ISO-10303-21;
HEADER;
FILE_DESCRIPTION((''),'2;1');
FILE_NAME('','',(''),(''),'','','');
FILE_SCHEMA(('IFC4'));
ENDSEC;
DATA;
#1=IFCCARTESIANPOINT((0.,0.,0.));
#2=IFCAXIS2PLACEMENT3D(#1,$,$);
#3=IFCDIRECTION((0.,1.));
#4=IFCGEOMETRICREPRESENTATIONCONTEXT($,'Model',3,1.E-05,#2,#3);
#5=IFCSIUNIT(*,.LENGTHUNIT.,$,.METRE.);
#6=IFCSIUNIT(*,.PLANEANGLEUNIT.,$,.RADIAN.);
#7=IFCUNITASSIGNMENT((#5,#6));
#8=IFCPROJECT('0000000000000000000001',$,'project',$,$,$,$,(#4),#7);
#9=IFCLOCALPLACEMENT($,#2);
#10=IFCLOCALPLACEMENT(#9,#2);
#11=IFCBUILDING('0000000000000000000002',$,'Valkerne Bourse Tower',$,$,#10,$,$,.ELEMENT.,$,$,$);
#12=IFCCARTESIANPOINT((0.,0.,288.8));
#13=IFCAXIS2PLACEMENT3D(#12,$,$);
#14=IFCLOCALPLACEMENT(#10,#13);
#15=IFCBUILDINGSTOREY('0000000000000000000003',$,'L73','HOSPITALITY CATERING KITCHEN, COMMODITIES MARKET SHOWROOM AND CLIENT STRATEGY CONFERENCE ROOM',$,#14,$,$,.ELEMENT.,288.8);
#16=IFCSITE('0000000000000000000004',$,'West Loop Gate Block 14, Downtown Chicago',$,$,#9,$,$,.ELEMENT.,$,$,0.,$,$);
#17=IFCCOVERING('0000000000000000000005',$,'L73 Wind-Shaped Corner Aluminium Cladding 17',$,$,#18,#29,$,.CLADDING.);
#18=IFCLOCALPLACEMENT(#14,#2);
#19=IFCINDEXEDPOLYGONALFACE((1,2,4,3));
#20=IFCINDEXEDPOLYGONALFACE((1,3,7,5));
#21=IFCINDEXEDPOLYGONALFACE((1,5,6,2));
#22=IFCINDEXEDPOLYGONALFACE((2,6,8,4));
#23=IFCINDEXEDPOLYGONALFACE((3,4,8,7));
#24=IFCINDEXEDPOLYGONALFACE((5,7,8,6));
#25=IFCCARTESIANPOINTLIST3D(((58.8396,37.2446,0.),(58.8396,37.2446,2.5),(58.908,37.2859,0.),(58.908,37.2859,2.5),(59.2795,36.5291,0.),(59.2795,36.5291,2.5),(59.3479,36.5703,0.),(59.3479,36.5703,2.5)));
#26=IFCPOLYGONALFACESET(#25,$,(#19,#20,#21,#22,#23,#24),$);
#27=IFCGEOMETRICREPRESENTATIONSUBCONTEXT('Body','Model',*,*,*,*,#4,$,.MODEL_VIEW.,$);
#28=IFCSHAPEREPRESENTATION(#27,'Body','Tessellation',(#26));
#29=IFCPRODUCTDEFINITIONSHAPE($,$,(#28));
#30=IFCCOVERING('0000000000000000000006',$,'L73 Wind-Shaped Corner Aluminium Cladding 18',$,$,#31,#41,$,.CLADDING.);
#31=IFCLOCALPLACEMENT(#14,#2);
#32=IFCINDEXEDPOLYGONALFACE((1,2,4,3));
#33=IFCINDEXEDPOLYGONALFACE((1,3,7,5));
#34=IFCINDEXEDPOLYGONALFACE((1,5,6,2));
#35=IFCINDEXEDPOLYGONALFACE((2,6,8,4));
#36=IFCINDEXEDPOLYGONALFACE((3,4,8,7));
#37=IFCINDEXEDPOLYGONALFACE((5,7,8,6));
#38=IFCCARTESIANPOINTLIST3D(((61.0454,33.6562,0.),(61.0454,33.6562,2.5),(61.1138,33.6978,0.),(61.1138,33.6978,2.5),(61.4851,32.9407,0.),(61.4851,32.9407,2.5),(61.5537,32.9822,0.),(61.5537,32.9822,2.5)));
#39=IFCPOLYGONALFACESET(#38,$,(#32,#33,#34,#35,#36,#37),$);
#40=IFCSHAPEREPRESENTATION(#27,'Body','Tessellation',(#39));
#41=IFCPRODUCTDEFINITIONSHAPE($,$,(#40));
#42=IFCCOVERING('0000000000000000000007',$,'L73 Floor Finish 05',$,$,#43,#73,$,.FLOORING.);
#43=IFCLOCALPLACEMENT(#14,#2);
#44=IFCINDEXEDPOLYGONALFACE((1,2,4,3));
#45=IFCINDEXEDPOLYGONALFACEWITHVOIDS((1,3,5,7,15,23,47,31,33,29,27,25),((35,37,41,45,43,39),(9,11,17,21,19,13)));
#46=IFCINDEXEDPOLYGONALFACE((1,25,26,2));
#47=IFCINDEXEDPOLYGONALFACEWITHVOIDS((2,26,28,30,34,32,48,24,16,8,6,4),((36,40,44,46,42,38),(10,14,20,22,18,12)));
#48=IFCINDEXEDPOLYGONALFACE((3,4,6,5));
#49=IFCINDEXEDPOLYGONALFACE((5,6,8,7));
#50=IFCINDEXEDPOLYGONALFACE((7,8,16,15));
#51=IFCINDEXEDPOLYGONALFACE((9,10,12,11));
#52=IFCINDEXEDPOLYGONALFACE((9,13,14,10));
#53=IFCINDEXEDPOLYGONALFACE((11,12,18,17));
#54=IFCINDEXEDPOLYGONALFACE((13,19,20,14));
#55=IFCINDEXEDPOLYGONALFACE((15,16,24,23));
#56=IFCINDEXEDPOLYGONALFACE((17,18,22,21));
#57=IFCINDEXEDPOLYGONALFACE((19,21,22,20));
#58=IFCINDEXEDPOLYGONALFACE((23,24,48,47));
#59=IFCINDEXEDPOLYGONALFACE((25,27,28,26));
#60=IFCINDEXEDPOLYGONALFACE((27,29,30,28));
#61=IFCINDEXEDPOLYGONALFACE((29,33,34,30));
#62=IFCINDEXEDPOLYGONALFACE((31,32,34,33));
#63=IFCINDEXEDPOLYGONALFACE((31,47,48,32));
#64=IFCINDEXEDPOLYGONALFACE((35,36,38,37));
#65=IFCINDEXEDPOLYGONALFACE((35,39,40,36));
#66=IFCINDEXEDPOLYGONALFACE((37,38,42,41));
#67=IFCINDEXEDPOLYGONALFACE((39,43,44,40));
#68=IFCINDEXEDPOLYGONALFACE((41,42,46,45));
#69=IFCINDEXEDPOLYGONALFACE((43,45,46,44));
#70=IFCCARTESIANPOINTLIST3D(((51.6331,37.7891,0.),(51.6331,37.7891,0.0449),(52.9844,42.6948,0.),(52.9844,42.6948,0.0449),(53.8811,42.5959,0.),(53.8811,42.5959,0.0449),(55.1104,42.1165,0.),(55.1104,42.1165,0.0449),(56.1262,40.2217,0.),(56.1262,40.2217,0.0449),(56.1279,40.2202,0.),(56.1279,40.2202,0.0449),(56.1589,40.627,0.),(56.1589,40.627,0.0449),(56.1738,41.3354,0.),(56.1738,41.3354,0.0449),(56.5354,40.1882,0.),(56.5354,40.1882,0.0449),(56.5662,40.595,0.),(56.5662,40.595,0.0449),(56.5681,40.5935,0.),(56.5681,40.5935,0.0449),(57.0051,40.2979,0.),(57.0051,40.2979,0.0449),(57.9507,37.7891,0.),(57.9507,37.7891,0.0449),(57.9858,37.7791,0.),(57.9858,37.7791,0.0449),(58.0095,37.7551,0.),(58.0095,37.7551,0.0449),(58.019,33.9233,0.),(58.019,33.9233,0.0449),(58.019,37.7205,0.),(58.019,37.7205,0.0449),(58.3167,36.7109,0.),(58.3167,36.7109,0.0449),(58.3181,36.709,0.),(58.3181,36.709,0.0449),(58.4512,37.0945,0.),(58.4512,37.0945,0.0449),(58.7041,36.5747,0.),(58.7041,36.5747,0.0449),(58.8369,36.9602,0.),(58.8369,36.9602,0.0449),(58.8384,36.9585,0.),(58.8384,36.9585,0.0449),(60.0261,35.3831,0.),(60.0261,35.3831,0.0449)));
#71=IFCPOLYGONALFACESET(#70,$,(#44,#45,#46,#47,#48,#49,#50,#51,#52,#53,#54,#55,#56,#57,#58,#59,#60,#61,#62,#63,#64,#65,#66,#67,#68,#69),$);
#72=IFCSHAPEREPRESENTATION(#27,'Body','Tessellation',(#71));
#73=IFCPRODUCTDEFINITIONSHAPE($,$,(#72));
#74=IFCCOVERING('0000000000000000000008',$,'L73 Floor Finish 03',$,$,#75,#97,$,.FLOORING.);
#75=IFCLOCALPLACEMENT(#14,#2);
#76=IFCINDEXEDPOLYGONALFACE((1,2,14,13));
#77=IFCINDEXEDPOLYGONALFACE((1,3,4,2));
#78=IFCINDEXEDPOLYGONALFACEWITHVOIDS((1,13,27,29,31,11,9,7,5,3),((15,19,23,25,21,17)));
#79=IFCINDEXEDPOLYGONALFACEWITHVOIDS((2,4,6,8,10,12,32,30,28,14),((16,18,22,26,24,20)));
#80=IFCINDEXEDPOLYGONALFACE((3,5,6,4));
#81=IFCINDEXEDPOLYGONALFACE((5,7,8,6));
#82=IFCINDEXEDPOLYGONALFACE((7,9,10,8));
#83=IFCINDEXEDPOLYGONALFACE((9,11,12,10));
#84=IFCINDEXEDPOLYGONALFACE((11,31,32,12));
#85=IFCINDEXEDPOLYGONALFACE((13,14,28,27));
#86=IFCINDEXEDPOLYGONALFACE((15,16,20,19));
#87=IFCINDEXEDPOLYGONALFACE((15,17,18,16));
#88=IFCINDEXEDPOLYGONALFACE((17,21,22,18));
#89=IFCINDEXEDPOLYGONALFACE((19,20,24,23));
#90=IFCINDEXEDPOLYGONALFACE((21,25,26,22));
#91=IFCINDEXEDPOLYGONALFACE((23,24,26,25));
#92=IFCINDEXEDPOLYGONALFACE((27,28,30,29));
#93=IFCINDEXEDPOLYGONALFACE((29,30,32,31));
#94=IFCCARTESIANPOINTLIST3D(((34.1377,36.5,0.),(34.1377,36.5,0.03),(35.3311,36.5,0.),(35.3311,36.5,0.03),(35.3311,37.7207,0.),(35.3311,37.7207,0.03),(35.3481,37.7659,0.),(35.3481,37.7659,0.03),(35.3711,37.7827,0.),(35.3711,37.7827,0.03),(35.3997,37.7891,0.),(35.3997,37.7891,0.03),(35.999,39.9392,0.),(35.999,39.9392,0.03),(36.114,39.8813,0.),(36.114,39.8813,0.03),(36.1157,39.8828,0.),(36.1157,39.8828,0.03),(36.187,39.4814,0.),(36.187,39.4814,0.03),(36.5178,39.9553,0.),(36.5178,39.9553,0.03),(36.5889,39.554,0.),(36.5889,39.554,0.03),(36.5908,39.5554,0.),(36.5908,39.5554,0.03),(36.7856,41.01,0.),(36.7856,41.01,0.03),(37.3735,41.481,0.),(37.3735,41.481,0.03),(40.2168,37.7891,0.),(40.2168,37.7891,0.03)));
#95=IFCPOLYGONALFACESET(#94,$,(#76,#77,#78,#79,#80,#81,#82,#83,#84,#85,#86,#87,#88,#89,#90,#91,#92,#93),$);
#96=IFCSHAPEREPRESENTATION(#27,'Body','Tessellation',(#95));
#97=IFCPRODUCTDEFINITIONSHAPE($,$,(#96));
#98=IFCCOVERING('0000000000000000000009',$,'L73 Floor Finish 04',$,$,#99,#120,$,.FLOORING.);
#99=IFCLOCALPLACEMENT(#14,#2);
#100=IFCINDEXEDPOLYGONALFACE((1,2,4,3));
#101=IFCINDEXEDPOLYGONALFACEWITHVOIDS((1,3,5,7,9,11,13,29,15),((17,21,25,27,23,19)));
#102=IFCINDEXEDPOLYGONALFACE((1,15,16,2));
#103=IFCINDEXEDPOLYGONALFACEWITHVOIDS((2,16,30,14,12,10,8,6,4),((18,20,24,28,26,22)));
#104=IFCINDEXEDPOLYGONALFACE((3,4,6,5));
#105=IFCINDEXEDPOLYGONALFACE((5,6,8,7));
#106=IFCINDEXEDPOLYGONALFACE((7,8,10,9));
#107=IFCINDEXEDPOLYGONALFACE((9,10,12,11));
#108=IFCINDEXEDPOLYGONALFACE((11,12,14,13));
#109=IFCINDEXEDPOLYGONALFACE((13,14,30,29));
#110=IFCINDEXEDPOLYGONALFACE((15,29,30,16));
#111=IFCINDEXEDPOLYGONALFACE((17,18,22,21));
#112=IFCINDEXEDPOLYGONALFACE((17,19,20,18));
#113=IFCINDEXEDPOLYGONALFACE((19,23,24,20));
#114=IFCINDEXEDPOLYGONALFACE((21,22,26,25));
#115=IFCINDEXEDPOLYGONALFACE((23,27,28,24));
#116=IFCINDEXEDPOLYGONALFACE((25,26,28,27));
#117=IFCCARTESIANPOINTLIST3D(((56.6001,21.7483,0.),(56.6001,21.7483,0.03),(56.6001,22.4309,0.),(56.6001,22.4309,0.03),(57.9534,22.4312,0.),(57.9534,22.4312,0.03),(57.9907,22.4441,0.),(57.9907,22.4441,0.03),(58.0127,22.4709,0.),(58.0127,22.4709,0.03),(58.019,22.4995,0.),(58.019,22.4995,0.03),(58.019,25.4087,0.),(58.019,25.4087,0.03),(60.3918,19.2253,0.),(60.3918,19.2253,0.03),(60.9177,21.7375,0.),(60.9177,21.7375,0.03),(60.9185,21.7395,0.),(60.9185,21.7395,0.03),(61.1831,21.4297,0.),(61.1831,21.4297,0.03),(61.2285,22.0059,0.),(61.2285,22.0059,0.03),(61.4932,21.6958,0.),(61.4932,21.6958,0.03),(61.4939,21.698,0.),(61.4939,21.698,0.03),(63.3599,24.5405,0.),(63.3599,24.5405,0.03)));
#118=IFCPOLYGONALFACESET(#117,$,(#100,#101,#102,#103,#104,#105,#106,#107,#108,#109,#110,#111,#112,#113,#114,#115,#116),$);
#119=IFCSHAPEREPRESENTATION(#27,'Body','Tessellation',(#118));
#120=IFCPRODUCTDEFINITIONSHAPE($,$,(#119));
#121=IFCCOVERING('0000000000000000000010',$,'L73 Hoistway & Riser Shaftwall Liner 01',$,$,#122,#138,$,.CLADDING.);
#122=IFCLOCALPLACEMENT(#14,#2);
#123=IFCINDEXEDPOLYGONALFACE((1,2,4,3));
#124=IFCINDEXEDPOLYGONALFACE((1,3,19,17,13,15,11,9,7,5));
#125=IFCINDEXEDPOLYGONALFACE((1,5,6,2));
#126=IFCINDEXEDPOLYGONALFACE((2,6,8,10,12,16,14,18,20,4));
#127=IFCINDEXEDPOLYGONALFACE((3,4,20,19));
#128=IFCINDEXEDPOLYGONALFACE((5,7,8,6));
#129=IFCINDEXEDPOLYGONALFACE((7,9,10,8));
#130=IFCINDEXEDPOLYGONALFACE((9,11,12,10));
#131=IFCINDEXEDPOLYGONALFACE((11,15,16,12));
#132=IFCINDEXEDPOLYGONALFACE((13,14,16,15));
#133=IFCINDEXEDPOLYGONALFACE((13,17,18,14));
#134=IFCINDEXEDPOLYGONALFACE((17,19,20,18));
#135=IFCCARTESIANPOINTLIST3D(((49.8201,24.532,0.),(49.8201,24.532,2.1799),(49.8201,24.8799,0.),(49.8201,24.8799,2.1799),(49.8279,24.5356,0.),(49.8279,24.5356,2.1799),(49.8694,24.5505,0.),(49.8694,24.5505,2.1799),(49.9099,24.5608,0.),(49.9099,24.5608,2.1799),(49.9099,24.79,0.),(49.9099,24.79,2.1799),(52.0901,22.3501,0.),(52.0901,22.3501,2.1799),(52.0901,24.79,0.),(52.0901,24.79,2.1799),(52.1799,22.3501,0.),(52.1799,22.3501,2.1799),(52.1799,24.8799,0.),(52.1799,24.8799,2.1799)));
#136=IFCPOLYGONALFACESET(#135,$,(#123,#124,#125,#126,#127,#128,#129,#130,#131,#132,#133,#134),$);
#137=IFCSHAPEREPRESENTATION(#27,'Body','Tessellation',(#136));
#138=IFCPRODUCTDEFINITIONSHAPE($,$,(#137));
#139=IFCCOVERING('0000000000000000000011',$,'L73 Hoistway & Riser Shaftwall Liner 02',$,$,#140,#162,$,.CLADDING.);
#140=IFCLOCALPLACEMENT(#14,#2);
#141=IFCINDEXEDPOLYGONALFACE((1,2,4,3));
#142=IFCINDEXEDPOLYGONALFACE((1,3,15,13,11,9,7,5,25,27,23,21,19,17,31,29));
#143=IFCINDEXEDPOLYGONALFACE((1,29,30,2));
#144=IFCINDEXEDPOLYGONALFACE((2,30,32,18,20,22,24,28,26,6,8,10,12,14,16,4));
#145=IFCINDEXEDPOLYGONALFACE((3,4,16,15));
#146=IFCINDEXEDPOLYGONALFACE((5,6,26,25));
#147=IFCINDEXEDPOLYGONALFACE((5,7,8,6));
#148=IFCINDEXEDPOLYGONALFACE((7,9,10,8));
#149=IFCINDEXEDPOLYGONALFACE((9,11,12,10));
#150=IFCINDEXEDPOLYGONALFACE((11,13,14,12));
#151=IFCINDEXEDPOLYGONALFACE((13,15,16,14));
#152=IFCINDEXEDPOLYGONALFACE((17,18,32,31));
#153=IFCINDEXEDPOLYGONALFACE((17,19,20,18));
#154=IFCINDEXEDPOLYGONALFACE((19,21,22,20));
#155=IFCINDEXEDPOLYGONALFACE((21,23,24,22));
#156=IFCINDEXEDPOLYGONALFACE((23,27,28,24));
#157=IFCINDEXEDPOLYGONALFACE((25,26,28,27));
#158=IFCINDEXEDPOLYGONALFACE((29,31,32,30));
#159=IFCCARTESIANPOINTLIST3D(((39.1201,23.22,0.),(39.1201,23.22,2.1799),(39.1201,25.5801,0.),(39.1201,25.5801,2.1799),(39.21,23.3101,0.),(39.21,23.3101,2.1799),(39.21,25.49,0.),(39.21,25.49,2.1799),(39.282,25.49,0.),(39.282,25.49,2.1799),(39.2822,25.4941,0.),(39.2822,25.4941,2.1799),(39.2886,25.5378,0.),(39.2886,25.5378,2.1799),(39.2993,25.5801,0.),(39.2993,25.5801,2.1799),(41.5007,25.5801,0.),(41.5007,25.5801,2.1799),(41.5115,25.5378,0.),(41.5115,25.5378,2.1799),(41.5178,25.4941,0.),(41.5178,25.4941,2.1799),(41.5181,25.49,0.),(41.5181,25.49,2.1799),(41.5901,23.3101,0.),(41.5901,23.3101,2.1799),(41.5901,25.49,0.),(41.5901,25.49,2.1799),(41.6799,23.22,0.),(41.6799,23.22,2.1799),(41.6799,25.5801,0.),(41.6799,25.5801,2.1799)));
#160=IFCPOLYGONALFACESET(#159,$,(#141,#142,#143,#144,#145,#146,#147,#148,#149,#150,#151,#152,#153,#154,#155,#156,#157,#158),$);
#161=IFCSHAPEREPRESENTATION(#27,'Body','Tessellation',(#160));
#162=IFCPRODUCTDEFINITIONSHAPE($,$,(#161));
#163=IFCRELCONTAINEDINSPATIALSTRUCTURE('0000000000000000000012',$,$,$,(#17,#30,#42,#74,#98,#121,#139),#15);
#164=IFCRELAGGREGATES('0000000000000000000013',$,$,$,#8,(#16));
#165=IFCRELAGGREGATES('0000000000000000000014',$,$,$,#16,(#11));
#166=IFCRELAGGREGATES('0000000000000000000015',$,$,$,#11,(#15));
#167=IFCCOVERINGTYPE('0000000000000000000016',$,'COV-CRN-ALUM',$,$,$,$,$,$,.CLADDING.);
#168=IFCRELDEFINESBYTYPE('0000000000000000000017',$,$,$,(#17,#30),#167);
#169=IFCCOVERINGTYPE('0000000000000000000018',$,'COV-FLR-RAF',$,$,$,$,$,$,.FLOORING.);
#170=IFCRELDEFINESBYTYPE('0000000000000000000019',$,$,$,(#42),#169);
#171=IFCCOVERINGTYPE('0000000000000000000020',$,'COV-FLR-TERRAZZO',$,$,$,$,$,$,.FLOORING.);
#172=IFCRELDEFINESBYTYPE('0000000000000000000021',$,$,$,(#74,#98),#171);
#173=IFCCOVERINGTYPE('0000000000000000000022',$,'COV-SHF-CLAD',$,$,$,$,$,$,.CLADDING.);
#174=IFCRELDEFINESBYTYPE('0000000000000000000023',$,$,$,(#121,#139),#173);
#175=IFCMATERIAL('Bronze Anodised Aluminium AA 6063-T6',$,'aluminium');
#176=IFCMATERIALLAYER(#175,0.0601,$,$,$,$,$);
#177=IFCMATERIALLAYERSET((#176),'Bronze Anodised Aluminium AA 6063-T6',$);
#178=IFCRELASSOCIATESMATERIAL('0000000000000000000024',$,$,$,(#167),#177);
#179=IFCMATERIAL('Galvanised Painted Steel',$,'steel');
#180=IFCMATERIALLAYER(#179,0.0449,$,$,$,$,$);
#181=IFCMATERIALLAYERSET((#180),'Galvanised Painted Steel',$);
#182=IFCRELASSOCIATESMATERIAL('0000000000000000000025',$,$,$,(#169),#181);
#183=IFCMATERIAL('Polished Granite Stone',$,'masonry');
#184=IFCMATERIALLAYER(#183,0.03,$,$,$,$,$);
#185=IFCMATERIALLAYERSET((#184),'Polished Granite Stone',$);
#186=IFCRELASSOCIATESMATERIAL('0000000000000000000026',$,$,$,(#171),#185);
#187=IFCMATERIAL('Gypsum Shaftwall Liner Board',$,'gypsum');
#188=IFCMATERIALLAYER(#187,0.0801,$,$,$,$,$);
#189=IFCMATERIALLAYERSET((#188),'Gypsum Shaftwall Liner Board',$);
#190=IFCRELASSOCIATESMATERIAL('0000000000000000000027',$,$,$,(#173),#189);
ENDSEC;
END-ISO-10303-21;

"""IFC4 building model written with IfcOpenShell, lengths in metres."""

from ifc_helpers import new_model, si_unit, direction, frame, origin, place, context, subcontext, project, spatial, polyline, outline, extrude, material, layer, layer_set, type_object, element, save


model = new_model("IFC4")

# Units and contexts
model_context = context("Model", 3, precision=1e-05, world=origin(), true_north=direction((0.0, 1.0)))
body_context = subcontext(model_context, "Body", "Model", "MODEL_VIEW")
ifc_project = project(units=[si_unit("LENGTHUNIT", "METRE"), si_unit("PLANEANGLEUNIT", "RADIAN")], contexts=[model_context])

# Site, building, storey
site_placement = place(None, origin())
site = spatial("IfcSite", under=ifc_project, at=site_placement, Name="West Loop Gate Block 14, Downtown Chicago", CompositionType="ELEMENT", RefElevation=0.0)
building_placement = place(site_placement, origin())
building = spatial("IfcBuilding", under=site, at=building_placement, Name="Valkerne Bourse Tower", CompositionType="ELEMENT")
storey_placement = place(building_placement, frame((0.0, 0.0, 288.8)))
storey = spatial("IfcBuildingStorey", under=building, at=storey_placement, Name="L73", Description="HOSPITALITY CATERING KITCHEN, COMMODITIES MARKET SHOWROOM AND CLIENT STRATEGY CONFERENCE ROOM", CompositionType="ELEMENT", Elevation=288.8)

# Coverings
ifc_material_1 = material(Name="Bronze Anodised Aluminium AA 6063-T6", Category="aluminium")
ifc_layer_1 = layer(ifc_material_1, 0.0601)
ifc_layer_set_1 = layer_set([ifc_layer_1], Name="Bronze Anodised Aluminium AA 6063-T6")
covering_type_1 = type_object("IfcCoveringType", Name="COV-CRN-ALUM", PredefinedType="CLADDING", material=ifc_layer_set_1)
covering_1_placement = place(storey_placement, origin())
element("IfcCovering", 1, at=covering_1_placement, inside=storey, type_object=covering_type_1, Name="L73 Wind-Shaped Corner Aluminium Cladding 17", PredefinedType="CLADDING", context=body_context, shape_type="SweptSolid", body=[
    extrude(outline(polyline([(59.3479, 36.5703), (59.2795, 36.5291), (58.8396, 37.2446), (58.908, 37.2859), (59.3479, 36.5703)])), origin(), (0.0, 0.0, 1.0), 2.5),
])
covering_2_placement = place(storey_placement, origin())
element("IfcCovering", 2, at=covering_2_placement, inside=storey, type_object=covering_type_1, Name="L73 Wind-Shaped Corner Aluminium Cladding 18", PredefinedType="CLADDING", context=body_context, shape_type="SweptSolid", body=[
    extrude(outline(polyline([(61.5537, 32.9822), (61.4851, 32.9407), (61.0454, 33.6562), (61.1138, 33.6978), (61.5537, 32.9822)])), origin(), (0.0, 0.0, 1.0), 2.5),
])
ifc_material_2 = material(Name="Galvanised Painted Steel", Category="steel")
ifc_layer_2 = layer(ifc_material_2, 0.0449)
ifc_layer_set_2 = layer_set([ifc_layer_2], Name="Galvanised Painted Steel")
covering_type_2 = type_object("IfcCoveringType", Name="COV-FLR-RAF", PredefinedType="FLOORING", material=ifc_layer_set_2)
covering_3_placement = place(storey_placement, origin())
element("IfcCovering", 3, at=covering_3_placement, inside=storey, type_object=covering_type_2, Name="L73 Floor Finish 05", PredefinedType="FLOORING", context=body_context, shape_type="SweptSolid", body=[
    extrude(outline(polyline([(56.1738, 41.3354), (57.0051, 40.2979), (60.0261, 35.3831), (58.019, 33.9233), (58.019, 37.7205), (58.0095, 37.7551), (57.9858, 37.7791), (57.9507, 37.7891), (51.6331, 37.7891), (52.9844, 42.6948), (53.8811, 42.5959), (55.1104, 42.1165), (56.1738, 41.3354)]), holes=[polyline([(58.8369, 36.9602), (58.4512, 37.0945), (58.3167, 36.7109), (58.3181, 36.709), (58.7041, 36.5747), (58.8384, 36.9585), (58.8369, 36.9602)]), polyline([(56.5662, 40.595), (56.1589, 40.627), (56.1262, 40.2217), (56.1279, 40.2202), (56.5354, 40.1882), (56.5681, 40.5935), (56.5662, 40.595)])]), origin(), (0.0, 0.0, 1.0), 0.0449),
])
ifc_material_3 = material(Name="Polished Granite Stone", Category="masonry")
ifc_layer_3 = layer(ifc_material_3, 0.03)
ifc_layer_set_3 = layer_set([ifc_layer_3], Name="Polished Granite Stone")
covering_type_3 = type_object("IfcCoveringType", Name="COV-FLR-TERRAZZO", PredefinedType="FLOORING", material=ifc_layer_set_3)
covering_4_placement = place(storey_placement, origin())
element("IfcCovering", 4, at=covering_4_placement, inside=storey, type_object=covering_type_3, Name="L73 Floor Finish 03", PredefinedType="FLOORING", context=body_context, shape_type="SweptSolid", body=[
    extrude(outline(polyline([(37.3735, 41.481), (40.2168, 37.7891), (35.3997, 37.7891), (35.3711, 37.7827), (35.3481, 37.7659), (35.3311, 37.7207), (35.3311, 36.5), (34.1377, 36.5), (35.999, 39.9392), (36.7856, 41.01), (37.3735, 41.481)]), holes=[polyline([(36.5889, 39.554), (36.5908, 39.5554), (36.5178, 39.9553), (36.1157, 39.8828), (36.114, 39.8813), (36.187, 39.4814), (36.5889, 39.554)])]), origin(), (0.0, 0.0, 1.0), 0.03),
])
covering_5_placement = place(storey_placement, origin())
element("IfcCovering", 5, at=covering_5_placement, inside=storey, type_object=covering_type_3, Name="L73 Floor Finish 04", PredefinedType="FLOORING", context=body_context, shape_type="SweptSolid", body=[
    extrude(outline(polyline([(57.9534, 22.4312), (57.9907, 22.4441), (58.0127, 22.4709), (58.019, 22.4995), (58.019, 25.4087), (63.3599, 24.5405), (60.3918, 19.2253), (56.6001, 21.7483), (56.6001, 22.4309), (57.9534, 22.4312)]), holes=[polyline([(61.4939, 21.698), (61.2285, 22.0059), (60.9185, 21.7395), (60.9177, 21.7375), (61.1831, 21.4297), (61.4932, 21.6958), (61.4939, 21.698)])]), origin(), (0.0, 0.0, 1.0), 0.03),
])
ifc_material_4 = material(Name="Gypsum Shaftwall Liner Board", Category="gypsum")
ifc_layer_4 = layer(ifc_material_4, 0.0801)
ifc_layer_set_4 = layer_set([ifc_layer_4], Name="Gypsum Shaftwall Liner Board")
covering_type_4 = type_object("IfcCoveringType", Name="COV-SHF-CLAD", PredefinedType="CLADDING", material=ifc_layer_set_4)
covering_6_placement = place(storey_placement, origin())
element("IfcCovering", 6, at=covering_6_placement, inside=storey, type_object=covering_type_4, Name="L73 Hoistway & Riser Shaftwall Liner 01", PredefinedType="CLADDING", context=body_context, shape_type="SweptSolid", body=[
    extrude(outline(polyline([(52.1799, 24.8799), (52.1799, 22.3501), (52.0901, 22.3501), (52.0901, 24.79), (49.9099, 24.79), (49.9099, 24.5608), (49.8694, 24.5505), (49.8279, 24.5356), (49.8201, 24.532), (49.8201, 24.8799), (52.1799, 24.8799)])), origin(), (0.0, 0.0, 1.0), 2.1799),
])
covering_7_placement = place(storey_placement, origin())
element("IfcCovering", 7, at=covering_7_placement, inside=storey, type_object=covering_type_4, Name="L73 Hoistway & Riser Shaftwall Liner 02", PredefinedType="CLADDING", context=body_context, shape_type="SweptSolid", body=[
    extrude(outline(polyline([(39.2993, 25.5801), (39.2886, 25.5378), (39.2822, 25.4941), (39.282, 25.49), (39.21, 25.49), (39.21, 23.3101), (41.5901, 23.3101), (41.5901, 25.49), (41.5181, 25.49), (41.5178, 25.4941), (41.5115, 25.5378), (41.5007, 25.5801), (41.6799, 25.5801), (41.6799, 23.22), (39.1201, 23.22), (39.1201, 25.5801), (39.2993, 25.5801)])), origin(), (0.0, 0.0, 1.0), 2.1799),
])

save(model, "model.ifc")
